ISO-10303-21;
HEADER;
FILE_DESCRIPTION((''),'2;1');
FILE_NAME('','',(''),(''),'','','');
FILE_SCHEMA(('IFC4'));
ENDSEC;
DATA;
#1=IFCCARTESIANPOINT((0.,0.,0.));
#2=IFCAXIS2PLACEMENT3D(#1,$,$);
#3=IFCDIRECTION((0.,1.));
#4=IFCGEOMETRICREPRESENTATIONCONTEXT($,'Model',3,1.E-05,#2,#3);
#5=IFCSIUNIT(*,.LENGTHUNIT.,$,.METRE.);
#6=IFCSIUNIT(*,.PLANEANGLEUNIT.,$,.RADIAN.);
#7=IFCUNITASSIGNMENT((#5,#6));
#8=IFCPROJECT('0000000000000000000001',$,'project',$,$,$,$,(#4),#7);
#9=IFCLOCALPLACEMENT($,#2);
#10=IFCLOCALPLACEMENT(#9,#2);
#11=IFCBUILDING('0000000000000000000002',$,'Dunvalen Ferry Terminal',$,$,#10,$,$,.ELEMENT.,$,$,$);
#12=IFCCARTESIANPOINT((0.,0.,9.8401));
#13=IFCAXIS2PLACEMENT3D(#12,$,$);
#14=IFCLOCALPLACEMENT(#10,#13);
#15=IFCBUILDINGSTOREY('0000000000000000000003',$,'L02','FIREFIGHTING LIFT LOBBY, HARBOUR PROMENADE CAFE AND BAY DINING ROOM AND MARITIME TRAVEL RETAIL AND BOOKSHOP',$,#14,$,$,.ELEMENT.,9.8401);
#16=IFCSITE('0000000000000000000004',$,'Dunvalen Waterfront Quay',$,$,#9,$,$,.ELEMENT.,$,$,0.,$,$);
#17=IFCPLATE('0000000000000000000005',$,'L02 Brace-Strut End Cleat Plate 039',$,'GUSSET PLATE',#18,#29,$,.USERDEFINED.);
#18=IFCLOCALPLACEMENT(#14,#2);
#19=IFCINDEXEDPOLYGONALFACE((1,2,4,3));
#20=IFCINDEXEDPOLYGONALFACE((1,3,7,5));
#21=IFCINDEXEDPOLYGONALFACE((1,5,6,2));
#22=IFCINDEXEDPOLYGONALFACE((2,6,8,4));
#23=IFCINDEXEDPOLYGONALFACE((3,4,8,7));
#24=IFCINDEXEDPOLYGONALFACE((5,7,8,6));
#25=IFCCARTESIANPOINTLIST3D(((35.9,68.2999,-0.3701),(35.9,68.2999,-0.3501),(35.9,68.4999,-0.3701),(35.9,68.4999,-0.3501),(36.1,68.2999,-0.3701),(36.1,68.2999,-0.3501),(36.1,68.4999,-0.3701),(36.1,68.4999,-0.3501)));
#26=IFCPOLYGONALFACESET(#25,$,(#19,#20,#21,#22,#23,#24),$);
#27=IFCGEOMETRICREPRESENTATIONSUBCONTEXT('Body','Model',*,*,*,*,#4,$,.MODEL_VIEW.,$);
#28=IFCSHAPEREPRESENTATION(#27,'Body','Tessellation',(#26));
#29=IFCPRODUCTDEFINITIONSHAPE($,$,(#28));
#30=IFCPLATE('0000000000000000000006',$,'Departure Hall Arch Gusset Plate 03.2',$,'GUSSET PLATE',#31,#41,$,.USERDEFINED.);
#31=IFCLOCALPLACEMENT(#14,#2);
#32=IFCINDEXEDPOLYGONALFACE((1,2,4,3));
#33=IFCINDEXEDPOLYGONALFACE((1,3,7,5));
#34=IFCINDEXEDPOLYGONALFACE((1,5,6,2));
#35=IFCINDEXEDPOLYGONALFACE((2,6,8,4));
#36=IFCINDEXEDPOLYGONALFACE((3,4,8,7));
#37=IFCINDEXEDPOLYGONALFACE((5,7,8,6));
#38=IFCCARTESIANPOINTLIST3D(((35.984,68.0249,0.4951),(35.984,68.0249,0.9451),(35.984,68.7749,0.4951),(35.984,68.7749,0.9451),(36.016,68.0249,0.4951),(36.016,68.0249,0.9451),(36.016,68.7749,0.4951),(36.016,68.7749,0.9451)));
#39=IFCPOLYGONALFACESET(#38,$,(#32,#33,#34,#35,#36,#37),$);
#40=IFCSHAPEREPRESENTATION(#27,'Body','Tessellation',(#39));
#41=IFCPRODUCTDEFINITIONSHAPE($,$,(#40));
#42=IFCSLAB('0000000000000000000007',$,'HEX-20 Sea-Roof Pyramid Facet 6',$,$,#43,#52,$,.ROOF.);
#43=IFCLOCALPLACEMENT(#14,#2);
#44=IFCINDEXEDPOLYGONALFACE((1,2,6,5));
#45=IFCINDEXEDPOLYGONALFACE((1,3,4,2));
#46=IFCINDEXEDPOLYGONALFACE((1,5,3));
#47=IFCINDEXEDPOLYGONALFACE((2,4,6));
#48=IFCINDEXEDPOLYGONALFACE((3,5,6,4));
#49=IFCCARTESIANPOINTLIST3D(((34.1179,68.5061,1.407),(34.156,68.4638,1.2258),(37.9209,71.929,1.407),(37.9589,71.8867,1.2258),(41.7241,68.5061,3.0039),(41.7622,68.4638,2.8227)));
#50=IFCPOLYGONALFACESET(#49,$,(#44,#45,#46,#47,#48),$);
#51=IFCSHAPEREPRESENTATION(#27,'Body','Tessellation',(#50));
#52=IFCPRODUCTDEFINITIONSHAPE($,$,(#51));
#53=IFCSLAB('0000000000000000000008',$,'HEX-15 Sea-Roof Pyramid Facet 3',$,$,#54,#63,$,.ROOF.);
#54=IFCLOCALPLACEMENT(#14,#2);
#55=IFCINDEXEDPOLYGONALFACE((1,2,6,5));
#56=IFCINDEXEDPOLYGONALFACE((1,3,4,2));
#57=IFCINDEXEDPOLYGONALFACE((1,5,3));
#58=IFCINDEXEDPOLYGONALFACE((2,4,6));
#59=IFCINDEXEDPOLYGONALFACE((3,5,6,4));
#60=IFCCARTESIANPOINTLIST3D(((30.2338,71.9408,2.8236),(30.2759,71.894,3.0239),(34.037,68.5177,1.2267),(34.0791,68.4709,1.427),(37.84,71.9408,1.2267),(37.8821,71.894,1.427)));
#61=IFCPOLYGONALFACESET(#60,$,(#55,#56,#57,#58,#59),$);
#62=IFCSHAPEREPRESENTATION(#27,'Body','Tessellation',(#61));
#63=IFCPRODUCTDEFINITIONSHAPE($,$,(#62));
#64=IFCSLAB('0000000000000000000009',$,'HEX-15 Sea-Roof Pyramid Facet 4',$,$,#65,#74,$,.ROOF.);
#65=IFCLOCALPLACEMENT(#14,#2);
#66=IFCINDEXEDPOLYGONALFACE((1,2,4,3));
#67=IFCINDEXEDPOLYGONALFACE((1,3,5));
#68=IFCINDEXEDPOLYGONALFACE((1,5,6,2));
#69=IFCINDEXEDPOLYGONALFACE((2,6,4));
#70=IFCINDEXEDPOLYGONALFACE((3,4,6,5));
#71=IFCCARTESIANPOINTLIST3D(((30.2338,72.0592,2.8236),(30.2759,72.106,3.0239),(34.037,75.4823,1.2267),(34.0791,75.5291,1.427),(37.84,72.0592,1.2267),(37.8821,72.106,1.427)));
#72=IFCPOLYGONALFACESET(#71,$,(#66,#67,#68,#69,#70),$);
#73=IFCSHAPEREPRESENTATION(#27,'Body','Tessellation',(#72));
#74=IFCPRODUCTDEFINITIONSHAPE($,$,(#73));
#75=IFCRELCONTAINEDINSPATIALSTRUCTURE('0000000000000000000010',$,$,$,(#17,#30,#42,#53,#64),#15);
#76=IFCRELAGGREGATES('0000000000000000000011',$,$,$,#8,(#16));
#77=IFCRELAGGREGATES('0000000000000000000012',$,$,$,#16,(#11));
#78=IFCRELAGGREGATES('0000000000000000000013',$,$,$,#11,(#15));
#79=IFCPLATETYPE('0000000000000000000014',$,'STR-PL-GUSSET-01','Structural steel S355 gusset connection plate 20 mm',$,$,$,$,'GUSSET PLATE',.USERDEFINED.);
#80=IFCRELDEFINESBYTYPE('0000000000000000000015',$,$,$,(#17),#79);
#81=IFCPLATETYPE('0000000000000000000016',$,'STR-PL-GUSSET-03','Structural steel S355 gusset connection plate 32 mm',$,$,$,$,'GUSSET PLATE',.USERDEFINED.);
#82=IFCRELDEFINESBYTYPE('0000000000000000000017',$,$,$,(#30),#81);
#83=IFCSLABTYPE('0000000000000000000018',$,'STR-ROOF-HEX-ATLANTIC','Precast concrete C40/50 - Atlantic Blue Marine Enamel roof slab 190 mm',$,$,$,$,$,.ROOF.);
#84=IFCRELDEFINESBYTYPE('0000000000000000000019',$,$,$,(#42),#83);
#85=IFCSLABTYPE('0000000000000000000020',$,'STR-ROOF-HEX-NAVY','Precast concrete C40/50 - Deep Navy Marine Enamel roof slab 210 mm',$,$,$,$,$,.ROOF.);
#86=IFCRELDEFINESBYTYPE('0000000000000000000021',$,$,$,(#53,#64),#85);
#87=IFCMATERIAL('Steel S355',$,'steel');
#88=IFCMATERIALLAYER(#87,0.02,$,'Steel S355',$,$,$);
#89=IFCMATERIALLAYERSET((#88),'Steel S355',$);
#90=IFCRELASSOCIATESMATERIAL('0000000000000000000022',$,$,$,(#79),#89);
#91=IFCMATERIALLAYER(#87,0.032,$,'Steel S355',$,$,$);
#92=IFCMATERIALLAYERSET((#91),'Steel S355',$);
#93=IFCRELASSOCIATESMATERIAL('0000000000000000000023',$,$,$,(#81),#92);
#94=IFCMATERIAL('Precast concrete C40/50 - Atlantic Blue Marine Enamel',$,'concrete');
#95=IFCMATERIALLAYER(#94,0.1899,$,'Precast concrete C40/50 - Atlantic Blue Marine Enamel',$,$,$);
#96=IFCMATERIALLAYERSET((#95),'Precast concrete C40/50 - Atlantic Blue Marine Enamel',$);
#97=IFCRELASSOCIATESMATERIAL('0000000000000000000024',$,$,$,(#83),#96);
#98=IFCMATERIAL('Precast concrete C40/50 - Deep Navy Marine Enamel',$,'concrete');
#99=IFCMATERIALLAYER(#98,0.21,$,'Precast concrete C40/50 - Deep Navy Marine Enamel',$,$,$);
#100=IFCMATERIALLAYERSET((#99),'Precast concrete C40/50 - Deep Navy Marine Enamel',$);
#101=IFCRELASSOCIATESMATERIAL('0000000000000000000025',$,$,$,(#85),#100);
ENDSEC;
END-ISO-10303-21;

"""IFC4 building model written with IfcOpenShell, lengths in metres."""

from ifc_helpers import new_model, si_unit, direction, frame, origin, origin_2d, place, context, subcontext, project, spatial, polyline, rectangle, outline, extrude, material, layer, layer_set, type_object, element, save


model = new_model("IFC4")

# Units and contexts
model_context = context("Model", 3, precision=1e-05, world=origin(), true_north=direction((0.0, 1.0)))
body_context = subcontext(model_context, "Body", "Model", "MODEL_VIEW")
ifc_project = project(units=[si_unit("LENGTHUNIT", "METRE"), si_unit("PLANEANGLEUNIT", "RADIAN")], contexts=[model_context])

# Site, building, storey
site_placement = place(None, origin())
site = spatial("IfcSite", under=ifc_project, at=site_placement, Name="Dunvalen Waterfront Quay", CompositionType="ELEMENT", RefElevation=0.0)
building_placement = place(site_placement, origin())
building = spatial("IfcBuilding", under=site, at=building_placement, Name="Dunvalen Ferry Terminal", CompositionType="ELEMENT")
storey_placement = place(building_placement, frame((0.0, 0.0, 9.8401)))
storey = spatial("IfcBuildingStorey", under=building, at=storey_placement, Name="L02", Description="FIREFIGHTING LIFT LOBBY, HARBOUR PROMENADE CAFE AND BAY DINING ROOM AND MARITIME TRAVEL RETAIL AND BOOKSHOP", CompositionType="ELEMENT", Elevation=9.8401)

# Shared definitions
ifc_material_1 = material(Name="Steel S355", Category="steel")

# Plates
ifc_layer_1 = layer(ifc_material_1, 0.02, Name="Steel S355")
ifc_layer_set_1 = layer_set([ifc_layer_1], Name="Steel S355")
plate_type_1 = type_object("IfcPlateType", Name="STR-PL-GUSSET-01", Description="Structural steel S355 gusset connection plate 20 mm", ElementType="GUSSET PLATE", PredefinedType="USERDEFINED", material=ifc_layer_set_1)
for number, where, z_axis, x_axis, name in (
    (1, (36.0, 68.3999, -0.3701), (0.0, 0.0, 1.0), (1.0, 0.0, 0.0), "L02 Brace-Strut End Cleat Plate 039"),
):
    element("IfcPlate", number, at=place(storey_placement, frame(where, z_axis=z_axis, x_axis=x_axis)), inside=storey, type_object=plate_type_1, Name=name, ObjectType="GUSSET PLATE", PredefinedType="USERDEFINED", context=body_context, shape_type="SweptSolid", body=[
        extrude(rectangle(XDim=0.2, YDim=0.2, at=origin_2d()), origin(), (0.0, 0.0, 1.0), 0.02),
    ])
ifc_layer_2 = layer(ifc_material_1, 0.032, Name="Steel S355")
ifc_layer_set_2 = layer_set([ifc_layer_2], Name="Steel S355")
plate_type_2 = type_object("IfcPlateType", Name="STR-PL-GUSSET-03", Description="Structural steel S355 gusset connection plate 32 mm", ElementType="GUSSET PLATE", PredefinedType="USERDEFINED", material=ifc_layer_set_2)
plate_1_placement = place(storey_placement, frame((36.0, 68.3999, 0.4951), z_axis=(0.0, 0.0, 1.0), x_axis=(1.0, 0.0, 0.0)))
element("IfcPlate", 2, at=plate_1_placement, inside=storey, type_object=plate_type_2, Name="Departure Hall Arch Gusset Plate 03.2", ObjectType="GUSSET PLATE", PredefinedType="USERDEFINED", context=body_context, shape_type="SweptSolid", body=[
    extrude(rectangle(XDim=0.032, YDim=0.75, at=origin_2d()), origin(), (0.0, 0.0, 1.0), 0.45),
])

# Slabs
ifc_material_2 = material(Name="Precast concrete C40/50 - Atlantic Blue Marine Enamel", Category="concrete")
ifc_layer_3 = layer(ifc_material_2, 0.1899, Name="Precast concrete C40/50 - Atlantic Blue Marine Enamel")
ifc_layer_set_3 = layer_set([ifc_layer_3], Name="Precast concrete C40/50 - Atlantic Blue Marine Enamel")
slab_type_1 = type_object("IfcSlabType", Name="STR-ROOF-HEX-ATLANTIC", Description="Precast concrete C40/50 - Atlantic Blue Marine Enamel roof slab 190 mm", PredefinedType="ROOF", material=ifc_layer_set_3)
slab_1_placement = place(storey_placement, frame((37.9209, 71.929, 1.407), z_axis=(-0.200317, 0.222563, 0.954117), x_axis=(-0.743278, -0.668983, 0.0)))
element("IfcSlab", 3, at=slab_1_placement, inside=storey, type_object=slab_type_1, Name="HEX-20 Sea-Roof Pyramid Facet 6", PredefinedType="ROOF", context=body_context, shape_type="SweptSolid", body=[
    extrude(outline(polyline([(0.0, 0.0), (5.1165, 0.0), (-0.537, 5.3331), (0.0, 0.0)])), origin(), (0.0, 0.0, -1.0), 0.1899),
])
ifc_material_3 = material(Name="Precast concrete C40/50 - Deep Navy Marine Enamel", Category="concrete")
ifc_layer_4 = layer(ifc_material_3, 0.21, Name="Precast concrete C40/50 - Deep Navy Marine Enamel")
ifc_layer_set_4 = layer_set([ifc_layer_4], Name="Precast concrete C40/50 - Deep Navy Marine Enamel")
slab_type_2 = type_object("IfcSlabType", Name="STR-ROOF-HEX-NAVY", Description="Precast concrete C40/50 - Deep Navy Marine Enamel roof slab 210 mm", PredefinedType="ROOF", material=ifc_layer_set_4)
slab_2_placement = place(storey_placement, frame((34.0791, 68.4709, 1.427), z_axis=(0.200318, -0.222548, 0.95412), x_axis=(0.743254, 0.66901, 0.0)))
element("IfcSlab", 4, at=slab_2_placement, inside=storey, type_object=slab_type_2, Name="HEX-15 Sea-Roof Pyramid Facet 3", PredefinedType="ROOF", context=body_context, shape_type="SweptSolid", body=[
    extrude(outline(polyline([(0.0, 0.0), (5.1167, 0.0), (-0.5367, 5.3333), (0.0, 0.0)])), origin(), (0.0, 0.0, -1.0), 0.21),
])
slab_3_placement = place(storey_placement, frame((37.8821, 72.106, 1.427), z_axis=(0.200318, 0.222548, 0.95412), x_axis=(-0.743254, 0.66901, 0.0)))
element("IfcSlab", 5, at=slab_3_placement, inside=storey, type_object=slab_type_2, Name="HEX-15 Sea-Roof Pyramid Facet 4", PredefinedType="ROOF", context=body_context, shape_type="SweptSolid", body=[
    extrude(outline(polyline([(0.0, 0.0), (5.1167, 0.0), (5.6533, 5.3333), (0.0, 0.0)])), origin(), (0.0, 0.0, -1.0), 0.21),
])

save(model, "model.ifc")
